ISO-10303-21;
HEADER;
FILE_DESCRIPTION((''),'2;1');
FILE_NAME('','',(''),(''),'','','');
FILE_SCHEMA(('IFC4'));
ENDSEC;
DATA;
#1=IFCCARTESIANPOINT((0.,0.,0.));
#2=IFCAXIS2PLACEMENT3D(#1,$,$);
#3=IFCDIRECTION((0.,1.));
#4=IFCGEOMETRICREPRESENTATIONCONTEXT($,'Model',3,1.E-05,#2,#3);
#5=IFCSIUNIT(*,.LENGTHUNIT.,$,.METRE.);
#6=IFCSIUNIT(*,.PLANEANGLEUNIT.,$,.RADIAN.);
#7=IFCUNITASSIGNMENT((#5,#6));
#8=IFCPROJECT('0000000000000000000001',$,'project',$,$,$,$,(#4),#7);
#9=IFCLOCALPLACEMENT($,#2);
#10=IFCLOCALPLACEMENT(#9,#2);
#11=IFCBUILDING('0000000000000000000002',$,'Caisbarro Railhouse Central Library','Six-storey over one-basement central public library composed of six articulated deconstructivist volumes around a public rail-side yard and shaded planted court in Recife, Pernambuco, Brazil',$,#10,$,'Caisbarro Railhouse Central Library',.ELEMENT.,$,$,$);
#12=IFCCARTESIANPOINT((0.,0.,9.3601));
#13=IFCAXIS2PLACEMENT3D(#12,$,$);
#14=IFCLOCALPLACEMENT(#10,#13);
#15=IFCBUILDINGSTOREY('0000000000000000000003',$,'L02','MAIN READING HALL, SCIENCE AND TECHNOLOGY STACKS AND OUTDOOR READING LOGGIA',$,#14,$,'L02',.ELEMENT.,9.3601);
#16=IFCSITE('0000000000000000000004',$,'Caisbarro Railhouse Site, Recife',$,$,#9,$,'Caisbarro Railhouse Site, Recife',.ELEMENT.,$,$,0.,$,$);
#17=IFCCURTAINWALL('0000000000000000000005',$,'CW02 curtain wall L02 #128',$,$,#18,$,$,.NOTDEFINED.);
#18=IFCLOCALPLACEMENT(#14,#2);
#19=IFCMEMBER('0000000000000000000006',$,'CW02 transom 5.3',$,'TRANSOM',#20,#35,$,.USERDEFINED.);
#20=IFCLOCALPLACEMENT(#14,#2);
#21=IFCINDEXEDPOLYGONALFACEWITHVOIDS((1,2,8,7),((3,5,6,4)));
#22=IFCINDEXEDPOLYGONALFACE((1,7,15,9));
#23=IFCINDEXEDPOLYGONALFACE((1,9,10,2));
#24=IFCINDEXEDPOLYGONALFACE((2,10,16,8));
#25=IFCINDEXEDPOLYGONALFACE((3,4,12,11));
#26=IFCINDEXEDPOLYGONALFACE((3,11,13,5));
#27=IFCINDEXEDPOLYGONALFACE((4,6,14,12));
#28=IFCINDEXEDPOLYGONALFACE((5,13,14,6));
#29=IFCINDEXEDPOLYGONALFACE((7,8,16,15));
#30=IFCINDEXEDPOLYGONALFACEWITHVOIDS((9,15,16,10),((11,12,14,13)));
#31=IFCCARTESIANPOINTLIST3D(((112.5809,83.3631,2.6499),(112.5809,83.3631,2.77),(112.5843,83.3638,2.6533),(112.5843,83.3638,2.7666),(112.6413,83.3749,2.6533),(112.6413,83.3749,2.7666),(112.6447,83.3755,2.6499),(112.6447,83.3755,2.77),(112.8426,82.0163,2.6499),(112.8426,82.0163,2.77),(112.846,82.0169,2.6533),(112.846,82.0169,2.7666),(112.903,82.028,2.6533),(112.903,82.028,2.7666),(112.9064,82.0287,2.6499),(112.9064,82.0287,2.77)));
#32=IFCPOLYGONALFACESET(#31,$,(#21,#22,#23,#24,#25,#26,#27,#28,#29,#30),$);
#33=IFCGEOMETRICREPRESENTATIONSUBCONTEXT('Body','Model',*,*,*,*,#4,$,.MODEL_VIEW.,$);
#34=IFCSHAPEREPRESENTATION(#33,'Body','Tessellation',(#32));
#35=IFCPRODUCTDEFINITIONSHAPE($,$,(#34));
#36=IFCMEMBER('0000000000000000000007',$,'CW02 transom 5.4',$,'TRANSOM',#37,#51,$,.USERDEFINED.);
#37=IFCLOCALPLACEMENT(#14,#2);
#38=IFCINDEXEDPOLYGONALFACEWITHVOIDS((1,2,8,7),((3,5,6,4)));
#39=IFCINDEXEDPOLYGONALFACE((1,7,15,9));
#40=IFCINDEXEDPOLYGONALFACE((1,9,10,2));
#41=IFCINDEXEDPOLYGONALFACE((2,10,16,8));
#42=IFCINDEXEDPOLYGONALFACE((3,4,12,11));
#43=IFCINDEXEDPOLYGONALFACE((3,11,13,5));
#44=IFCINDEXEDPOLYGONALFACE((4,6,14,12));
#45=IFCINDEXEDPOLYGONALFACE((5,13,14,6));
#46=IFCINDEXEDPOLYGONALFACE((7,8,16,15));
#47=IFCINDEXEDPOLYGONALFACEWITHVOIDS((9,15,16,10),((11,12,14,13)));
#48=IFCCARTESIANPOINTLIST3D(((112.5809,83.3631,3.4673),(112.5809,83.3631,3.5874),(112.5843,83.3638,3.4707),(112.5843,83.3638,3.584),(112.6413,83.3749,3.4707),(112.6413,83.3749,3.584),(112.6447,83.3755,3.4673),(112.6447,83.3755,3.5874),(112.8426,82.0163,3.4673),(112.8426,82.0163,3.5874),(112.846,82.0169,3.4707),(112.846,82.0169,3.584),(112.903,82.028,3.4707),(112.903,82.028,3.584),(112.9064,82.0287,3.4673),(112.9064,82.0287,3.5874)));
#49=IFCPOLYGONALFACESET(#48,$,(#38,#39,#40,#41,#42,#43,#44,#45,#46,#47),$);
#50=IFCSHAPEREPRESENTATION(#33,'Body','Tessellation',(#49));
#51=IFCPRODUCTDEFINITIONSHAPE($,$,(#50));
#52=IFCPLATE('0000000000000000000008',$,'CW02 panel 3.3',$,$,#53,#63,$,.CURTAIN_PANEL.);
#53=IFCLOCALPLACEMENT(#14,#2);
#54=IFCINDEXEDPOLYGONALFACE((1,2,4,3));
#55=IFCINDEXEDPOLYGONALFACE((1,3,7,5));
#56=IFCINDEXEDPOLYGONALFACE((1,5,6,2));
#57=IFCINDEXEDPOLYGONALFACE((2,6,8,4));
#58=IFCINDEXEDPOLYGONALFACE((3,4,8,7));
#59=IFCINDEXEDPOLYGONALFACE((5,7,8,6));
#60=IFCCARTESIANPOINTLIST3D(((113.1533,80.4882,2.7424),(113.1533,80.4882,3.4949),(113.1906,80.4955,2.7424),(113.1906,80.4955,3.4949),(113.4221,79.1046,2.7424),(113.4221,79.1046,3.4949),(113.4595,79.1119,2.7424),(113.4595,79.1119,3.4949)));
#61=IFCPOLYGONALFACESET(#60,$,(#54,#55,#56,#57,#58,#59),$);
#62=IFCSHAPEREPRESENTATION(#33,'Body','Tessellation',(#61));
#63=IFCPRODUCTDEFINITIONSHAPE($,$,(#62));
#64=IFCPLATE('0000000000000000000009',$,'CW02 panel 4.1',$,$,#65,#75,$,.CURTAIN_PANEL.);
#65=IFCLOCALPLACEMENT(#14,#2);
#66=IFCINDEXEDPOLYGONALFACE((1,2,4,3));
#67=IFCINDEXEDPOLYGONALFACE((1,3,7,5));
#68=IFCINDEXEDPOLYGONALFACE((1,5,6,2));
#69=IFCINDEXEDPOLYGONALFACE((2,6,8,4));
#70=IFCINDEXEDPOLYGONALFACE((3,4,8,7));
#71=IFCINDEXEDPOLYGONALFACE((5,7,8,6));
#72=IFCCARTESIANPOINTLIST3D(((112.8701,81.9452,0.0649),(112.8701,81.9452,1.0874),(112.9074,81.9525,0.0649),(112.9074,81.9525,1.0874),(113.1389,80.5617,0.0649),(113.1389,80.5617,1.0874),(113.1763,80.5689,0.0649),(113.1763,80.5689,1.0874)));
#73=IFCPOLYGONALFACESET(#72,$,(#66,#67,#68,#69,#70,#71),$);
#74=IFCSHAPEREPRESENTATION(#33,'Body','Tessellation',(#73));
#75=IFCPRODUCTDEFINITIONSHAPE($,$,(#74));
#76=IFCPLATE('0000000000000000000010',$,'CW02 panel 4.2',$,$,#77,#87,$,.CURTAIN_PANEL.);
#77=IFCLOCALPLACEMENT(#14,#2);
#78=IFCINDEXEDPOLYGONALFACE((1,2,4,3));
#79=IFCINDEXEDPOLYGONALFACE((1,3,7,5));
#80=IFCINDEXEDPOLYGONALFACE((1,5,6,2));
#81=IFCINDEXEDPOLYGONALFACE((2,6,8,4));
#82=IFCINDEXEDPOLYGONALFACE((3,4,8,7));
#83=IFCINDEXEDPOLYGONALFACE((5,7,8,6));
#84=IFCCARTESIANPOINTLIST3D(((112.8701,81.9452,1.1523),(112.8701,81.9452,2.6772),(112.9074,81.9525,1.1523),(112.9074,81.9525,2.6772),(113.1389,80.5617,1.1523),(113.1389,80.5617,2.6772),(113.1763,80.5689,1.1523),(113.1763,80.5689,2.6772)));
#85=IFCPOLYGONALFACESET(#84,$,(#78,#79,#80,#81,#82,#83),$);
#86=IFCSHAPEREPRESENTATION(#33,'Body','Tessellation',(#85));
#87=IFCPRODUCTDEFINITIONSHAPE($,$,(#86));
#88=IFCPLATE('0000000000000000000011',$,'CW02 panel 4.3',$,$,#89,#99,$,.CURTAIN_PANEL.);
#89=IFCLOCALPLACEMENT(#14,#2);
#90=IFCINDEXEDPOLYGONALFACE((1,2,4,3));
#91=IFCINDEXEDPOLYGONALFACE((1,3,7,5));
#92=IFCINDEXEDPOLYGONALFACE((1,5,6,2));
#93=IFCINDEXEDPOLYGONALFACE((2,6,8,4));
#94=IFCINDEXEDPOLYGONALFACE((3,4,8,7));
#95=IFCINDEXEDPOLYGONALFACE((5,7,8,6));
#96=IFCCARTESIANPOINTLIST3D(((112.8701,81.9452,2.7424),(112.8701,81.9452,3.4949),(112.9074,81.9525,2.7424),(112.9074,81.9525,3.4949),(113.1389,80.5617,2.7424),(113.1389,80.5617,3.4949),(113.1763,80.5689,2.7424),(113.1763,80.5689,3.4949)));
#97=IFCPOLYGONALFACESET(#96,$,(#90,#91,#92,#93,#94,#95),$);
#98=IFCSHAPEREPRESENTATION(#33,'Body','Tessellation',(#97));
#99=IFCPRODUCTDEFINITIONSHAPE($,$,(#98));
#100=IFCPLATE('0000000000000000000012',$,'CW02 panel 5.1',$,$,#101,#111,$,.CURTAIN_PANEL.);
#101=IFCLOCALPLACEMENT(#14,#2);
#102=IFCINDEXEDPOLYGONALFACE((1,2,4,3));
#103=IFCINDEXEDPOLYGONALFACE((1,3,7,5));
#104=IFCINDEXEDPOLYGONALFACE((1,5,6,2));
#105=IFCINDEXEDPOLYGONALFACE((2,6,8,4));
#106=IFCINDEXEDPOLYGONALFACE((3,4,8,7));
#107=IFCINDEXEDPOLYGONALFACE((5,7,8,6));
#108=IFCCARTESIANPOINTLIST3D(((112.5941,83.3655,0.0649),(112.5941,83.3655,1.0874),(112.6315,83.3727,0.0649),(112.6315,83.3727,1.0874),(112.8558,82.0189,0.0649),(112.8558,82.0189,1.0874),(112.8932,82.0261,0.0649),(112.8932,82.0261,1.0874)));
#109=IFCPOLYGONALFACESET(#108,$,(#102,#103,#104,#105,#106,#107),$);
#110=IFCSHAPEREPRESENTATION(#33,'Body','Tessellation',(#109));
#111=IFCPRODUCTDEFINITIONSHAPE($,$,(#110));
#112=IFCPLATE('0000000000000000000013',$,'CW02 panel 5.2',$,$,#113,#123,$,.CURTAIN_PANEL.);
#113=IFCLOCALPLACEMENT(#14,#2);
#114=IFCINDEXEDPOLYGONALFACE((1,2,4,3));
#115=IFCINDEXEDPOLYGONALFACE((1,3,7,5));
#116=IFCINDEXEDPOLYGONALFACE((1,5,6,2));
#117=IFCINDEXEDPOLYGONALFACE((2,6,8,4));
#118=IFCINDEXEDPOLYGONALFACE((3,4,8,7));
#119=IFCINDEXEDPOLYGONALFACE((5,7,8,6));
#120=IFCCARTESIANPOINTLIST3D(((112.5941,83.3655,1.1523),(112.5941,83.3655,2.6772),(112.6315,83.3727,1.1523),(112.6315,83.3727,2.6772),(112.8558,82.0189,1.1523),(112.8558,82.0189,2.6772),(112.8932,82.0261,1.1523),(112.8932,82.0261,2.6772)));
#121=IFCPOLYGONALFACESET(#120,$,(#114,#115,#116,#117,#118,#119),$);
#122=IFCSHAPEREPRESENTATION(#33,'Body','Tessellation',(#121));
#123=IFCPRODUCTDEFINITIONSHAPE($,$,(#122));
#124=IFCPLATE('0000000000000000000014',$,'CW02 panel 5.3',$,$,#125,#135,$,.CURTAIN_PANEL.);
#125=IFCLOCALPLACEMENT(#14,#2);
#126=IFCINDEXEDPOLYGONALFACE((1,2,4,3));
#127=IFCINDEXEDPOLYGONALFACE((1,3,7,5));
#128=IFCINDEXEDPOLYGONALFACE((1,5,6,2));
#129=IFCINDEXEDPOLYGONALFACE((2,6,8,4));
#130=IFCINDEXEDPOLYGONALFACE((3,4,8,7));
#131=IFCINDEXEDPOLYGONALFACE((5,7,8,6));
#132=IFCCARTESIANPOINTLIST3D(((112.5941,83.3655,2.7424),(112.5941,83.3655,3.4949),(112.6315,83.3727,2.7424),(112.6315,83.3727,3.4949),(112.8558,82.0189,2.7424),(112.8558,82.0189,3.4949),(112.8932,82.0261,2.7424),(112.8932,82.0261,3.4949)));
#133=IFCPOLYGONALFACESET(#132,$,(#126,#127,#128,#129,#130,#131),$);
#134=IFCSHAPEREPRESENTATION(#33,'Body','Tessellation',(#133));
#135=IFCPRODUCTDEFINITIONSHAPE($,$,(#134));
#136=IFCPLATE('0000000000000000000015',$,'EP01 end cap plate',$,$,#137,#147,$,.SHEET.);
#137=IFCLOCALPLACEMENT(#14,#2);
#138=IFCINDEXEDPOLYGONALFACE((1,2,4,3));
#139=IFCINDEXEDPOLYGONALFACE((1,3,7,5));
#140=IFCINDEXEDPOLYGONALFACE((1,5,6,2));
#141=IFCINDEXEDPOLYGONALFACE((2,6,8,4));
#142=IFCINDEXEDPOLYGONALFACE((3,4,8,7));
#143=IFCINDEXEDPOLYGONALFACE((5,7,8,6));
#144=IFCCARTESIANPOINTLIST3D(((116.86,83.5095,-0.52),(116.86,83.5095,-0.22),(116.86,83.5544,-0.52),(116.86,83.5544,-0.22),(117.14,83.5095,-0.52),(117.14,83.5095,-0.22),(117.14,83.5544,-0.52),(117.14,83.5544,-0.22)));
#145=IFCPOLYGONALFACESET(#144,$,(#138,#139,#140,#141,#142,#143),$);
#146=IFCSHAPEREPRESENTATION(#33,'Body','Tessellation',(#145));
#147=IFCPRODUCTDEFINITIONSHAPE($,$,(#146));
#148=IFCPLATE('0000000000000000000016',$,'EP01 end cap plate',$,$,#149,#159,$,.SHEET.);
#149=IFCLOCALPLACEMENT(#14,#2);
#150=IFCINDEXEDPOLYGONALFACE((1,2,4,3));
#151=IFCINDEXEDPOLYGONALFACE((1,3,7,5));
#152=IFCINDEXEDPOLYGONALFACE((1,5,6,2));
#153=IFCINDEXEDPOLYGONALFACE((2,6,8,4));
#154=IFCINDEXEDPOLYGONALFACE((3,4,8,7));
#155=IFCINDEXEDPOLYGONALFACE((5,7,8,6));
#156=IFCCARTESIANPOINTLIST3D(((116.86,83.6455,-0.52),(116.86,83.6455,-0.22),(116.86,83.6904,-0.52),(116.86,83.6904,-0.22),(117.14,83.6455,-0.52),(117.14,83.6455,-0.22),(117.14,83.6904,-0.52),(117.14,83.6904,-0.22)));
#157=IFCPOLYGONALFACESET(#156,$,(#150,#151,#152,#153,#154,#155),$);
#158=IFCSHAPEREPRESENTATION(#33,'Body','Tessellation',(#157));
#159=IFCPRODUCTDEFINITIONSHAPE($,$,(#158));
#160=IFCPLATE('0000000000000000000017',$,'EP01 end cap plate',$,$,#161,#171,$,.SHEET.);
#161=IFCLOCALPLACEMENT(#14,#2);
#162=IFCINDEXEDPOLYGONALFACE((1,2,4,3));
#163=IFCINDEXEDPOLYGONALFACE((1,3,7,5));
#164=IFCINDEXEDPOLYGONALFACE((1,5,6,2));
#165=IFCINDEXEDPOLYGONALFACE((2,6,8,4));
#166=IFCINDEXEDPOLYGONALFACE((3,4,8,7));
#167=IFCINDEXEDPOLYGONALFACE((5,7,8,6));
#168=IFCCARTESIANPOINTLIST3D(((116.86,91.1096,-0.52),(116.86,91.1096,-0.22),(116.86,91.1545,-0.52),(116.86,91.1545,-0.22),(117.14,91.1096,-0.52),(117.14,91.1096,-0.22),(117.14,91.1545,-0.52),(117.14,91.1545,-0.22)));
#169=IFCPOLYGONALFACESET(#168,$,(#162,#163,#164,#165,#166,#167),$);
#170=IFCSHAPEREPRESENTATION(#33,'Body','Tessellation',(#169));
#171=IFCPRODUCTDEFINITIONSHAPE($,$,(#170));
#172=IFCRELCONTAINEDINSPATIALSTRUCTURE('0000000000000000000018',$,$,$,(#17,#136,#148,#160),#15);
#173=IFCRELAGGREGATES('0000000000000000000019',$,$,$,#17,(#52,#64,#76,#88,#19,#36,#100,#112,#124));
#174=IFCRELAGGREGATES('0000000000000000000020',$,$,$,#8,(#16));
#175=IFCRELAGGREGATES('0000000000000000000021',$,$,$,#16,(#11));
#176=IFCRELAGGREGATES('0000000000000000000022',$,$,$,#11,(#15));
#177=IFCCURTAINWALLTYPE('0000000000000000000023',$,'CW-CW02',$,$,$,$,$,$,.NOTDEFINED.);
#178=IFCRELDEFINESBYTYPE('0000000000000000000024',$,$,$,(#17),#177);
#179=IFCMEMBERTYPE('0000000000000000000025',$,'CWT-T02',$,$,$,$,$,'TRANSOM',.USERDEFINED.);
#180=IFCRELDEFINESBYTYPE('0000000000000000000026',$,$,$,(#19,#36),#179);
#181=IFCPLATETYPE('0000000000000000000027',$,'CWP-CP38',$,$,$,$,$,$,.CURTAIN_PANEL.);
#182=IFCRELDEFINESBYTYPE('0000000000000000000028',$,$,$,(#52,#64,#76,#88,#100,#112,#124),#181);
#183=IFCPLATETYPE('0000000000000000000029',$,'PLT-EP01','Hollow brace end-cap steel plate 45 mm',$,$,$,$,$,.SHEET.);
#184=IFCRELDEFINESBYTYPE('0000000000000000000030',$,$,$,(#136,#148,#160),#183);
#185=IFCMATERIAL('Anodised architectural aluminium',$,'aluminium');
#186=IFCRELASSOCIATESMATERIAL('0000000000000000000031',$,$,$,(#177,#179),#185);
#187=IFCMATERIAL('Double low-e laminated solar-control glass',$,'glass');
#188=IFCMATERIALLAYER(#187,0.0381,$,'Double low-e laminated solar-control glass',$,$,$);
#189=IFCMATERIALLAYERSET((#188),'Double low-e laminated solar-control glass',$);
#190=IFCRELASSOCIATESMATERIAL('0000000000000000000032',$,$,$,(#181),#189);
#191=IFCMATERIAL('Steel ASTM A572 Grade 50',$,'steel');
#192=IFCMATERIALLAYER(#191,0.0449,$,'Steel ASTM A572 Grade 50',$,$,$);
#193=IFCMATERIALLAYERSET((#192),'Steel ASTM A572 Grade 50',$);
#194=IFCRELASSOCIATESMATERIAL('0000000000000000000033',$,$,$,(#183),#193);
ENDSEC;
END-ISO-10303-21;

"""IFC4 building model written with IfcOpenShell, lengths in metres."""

from ifc_helpers import new_model, si_unit, direction, frame, origin, origin_2d, place, context, subcontext, project, spatial, rectangle, hollow_rectangle, extrude, material, layer, layer_set, material_profile, profile_set, type_object, element, aggregate, save


model = new_model("IFC4")

# Units and contexts
model_context = context("Model", 3, precision=1e-05, world=origin(), true_north=direction((0.0, 1.0)))
body_context = subcontext(model_context, "Body", "Model", "MODEL_VIEW")
ifc_project = project(units=[si_unit("LENGTHUNIT", "METRE"), si_unit("PLANEANGLEUNIT", "RADIAN")], contexts=[model_context])

# Site, building, storey
site_placement = place(None, origin())
site = spatial("IfcSite", under=ifc_project, at=site_placement, Name="Caisbarro Railhouse Site, Recife", LongName="Caisbarro Railhouse Site, Recife", CompositionType="ELEMENT", RefElevation=0.0)
building_placement = place(site_placement, origin())
building = spatial("IfcBuilding", under=site, at=building_placement, Name="Caisbarro Railhouse Central Library", Description="Six-storey over one-basement central public library composed of six articulated deconstructivist volumes around a public rail-side yard and shaded planted court in Recife, Pernambuco, Brazil", LongName="Caisbarro Railhouse Central Library", CompositionType="ELEMENT")
storey_placement = place(building_placement, frame((0.0, 0.0, 9.3601)))
storey = spatial("IfcBuildingStorey", under=building, at=storey_placement, Name="L02", Description="MAIN READING HALL, SCIENCE AND TECHNOLOGY STACKS AND OUTDOOR READING LOGGIA", LongName="L02", CompositionType="ELEMENT", Elevation=9.3601)

# Shared definitions
ifc_material_1 = material(Name="Steel ASTM A572 Grade 50", Category="steel")

# Curtain wall, members, plates
ifc_material_2 = material(Name="Anodised architectural aluminium", Category="aluminium")
curtain_wall_type = type_object("IfcCurtainWallType", Name="CW-CW02", PredefinedType="NOTDEFINED", material=ifc_material_2)
curtain_wall_placement = place(storey_placement, origin())
curtain_wall = element("IfcCurtainWall", 1, at=curtain_wall_placement, inside=storey, type_object=curtain_wall_type, Name="CW02 curtain wall L02 #128", PredefinedType="NOTDEFINED")
ifc_material_profile_1 = material_profile(ifc_material_2, hollow_rectangle(XDim=0.0649, YDim=0.1201, WallThickness=0.0034, at=origin_2d()), Name="ALU-TRN-65X120")
ifc_profile_set_1 = profile_set([ifc_material_profile_1], Name="Anodised architectural aluminium")
member_type_1 = type_object("IfcMemberType", Name="CWT-T02", ElementType="TRANSOM", PredefinedType="USERDEFINED", material=ifc_profile_set_1)
member_1_placement = place(storey_placement, frame((112.8745, 82.0225, 2.71), z_axis=(-0.190741, 0.98164, 0.0), x_axis=(-0.98164, -0.190741, 0.0)))
member_1 = element("IfcMember", 2, at=member_1_placement, type_object=member_type_1, Name="CW02 transom 5.3", ObjectType="TRANSOM", PredefinedType="USERDEFINED", context=body_context, shape_type="SweptSolid", body=[
    extrude(hollow_rectangle(XDim=0.0649, YDim=0.1201, WallThickness=0.0034, at=origin_2d()), origin(), (0.0, 0.0, 1.0), 1.3721),
])
member_2_placement = place(storey_placement, frame((112.8745, 82.0225, 3.5273), z_axis=(-0.190741, 0.98164, 0.0), x_axis=(-0.98164, -0.190741, 0.0)))
member_2 = element("IfcMember", 3, at=member_2_placement, type_object=member_type_1, Name="CW02 transom 5.4", ObjectType="TRANSOM", PredefinedType="USERDEFINED", context=body_context, shape_type="SweptSolid", body=[
    extrude(hollow_rectangle(XDim=0.0649, YDim=0.1201, WallThickness=0.0034, at=origin_2d()), origin(), (0.0, 0.0, 1.0), 1.3721),
])
ifc_material_3 = material(Name="Double low-e laminated solar-control glass", Category="glass")
ifc_layer_1 = layer(ifc_material_3, 0.0381, Name="Double low-e laminated solar-control glass")
ifc_layer_set_1 = layer_set([ifc_layer_1], Name="Double low-e laminated solar-control glass")
plate_type_1 = type_object("IfcPlateType", Name="CWP-CP38", PredefinedType="CURTAIN_PANEL", material=ifc_layer_set_1)
plate_1_placement = place(storey_placement, frame((113.3064, 79.8, 2.7424), z_axis=(0.0, 0.0, 1.0), x_axis=(-0.190781, 0.981633, 0.0)))
plate_1 = element("IfcPlate", 4, at=plate_1_placement, type_object=plate_type_1, Name="CW02 panel 3.3", PredefinedType="CURTAIN_PANEL", context=body_context, shape_type="SweptSolid", body=[
    extrude(rectangle(XDim=1.4094, YDim=0.0381, at=origin_2d()), origin(), (0.0, 0.0, 1.0), 0.7524),
])
plate_2_placement = place(storey_placement, frame((113.0232, 81.2571, 0.0649), z_axis=(0.0, 0.0, 1.0), x_axis=(-0.190781, 0.981633, 0.0)))
plate_2 = element("IfcPlate", 5, at=plate_2_placement, type_object=plate_type_1, Name="CW02 panel 4.1", PredefinedType="CURTAIN_PANEL", context=body_context, shape_type="SweptSolid", body=[
    extrude(rectangle(XDim=1.4094, YDim=0.0381, at=origin_2d()), origin(), (0.0, 0.0, 1.0), 1.0225),
])
plate_3_placement = place(storey_placement, frame((113.0232, 81.2571, 1.1523), z_axis=(0.0, 0.0, 1.0), x_axis=(-0.190781, 0.981633, 0.0)))
plate_3 = element("IfcPlate", 6, at=plate_3_placement, type_object=plate_type_1, Name="CW02 panel 4.2", PredefinedType="CURTAIN_PANEL", context=body_context, shape_type="SweptSolid", body=[
    extrude(rectangle(XDim=1.4094, YDim=0.0381, at=origin_2d()), origin(), (0.0, 0.0, 1.0), 1.5249),
])
plate_4_placement = place(storey_placement, frame((113.0232, 81.2571, 2.7424), z_axis=(0.0, 0.0, 1.0), x_axis=(-0.190781, 0.981633, 0.0)))
plate_4 = element("IfcPlate", 7, at=plate_4_placement, type_object=plate_type_1, Name="CW02 panel 4.3", PredefinedType="CURTAIN_PANEL", context=body_context, shape_type="SweptSolid", body=[
    extrude(rectangle(XDim=1.4094, YDim=0.0381, at=origin_2d()), origin(), (0.0, 0.0, 1.0), 0.7524),
])
plate_5_placement = place(storey_placement, frame((112.7437, 82.6958, 0.0649), z_axis=(0.0, 0.0, 1.0), x_axis=(-0.190781, 0.981633, 0.0)))
plate_5 = element("IfcPlate", 8, at=plate_5_placement, type_object=plate_type_1, Name="CW02 panel 5.1", PredefinedType="CURTAIN_PANEL", context=body_context, shape_type="SweptSolid", body=[
    extrude(rectangle(XDim=1.3718, YDim=0.0381, at=origin_2d()), origin(), (0.0, 0.0, 1.0), 1.0225),
])
plate_6_placement = place(storey_placement, frame((112.7437, 82.6958, 1.1523), z_axis=(0.0, 0.0, 1.0), x_axis=(-0.190781, 0.981633, 0.0)))
plate_6 = element("IfcPlate", 9, at=plate_6_placement, type_object=plate_type_1, Name="CW02 panel 5.2", PredefinedType="CURTAIN_PANEL", context=body_context, shape_type="SweptSolid", body=[
    extrude(rectangle(XDim=1.3718, YDim=0.0381, at=origin_2d()), origin(), (0.0, 0.0, 1.0), 1.5249),
])
plate_7_placement = place(storey_placement, frame((112.7437, 82.6958, 2.7424), z_axis=(0.0, 0.0, 1.0), x_axis=(-0.190781, 0.981633, 0.0)))
plate_7 = element("IfcPlate", 10, at=plate_7_placement, type_object=plate_type_1, Name="CW02 panel 5.3", PredefinedType="CURTAIN_PANEL", context=body_context, shape_type="SweptSolid", body=[
    extrude(rectangle(XDim=1.3718, YDim=0.0381, at=origin_2d()), origin(), (0.0, 0.0, 1.0), 0.7524),
])
aggregate(curtain_wall, [plate_1, plate_2, plate_3, plate_4, member_1, member_2, plate_5, plate_6, plate_7])

# Plates
ifc_layer_2 = layer(ifc_material_1, 0.0449, Name="Steel ASTM A572 Grade 50")
ifc_layer_set_2 = layer_set([ifc_layer_2], Name="Steel ASTM A572 Grade 50")
plate_type_2 = type_object("IfcPlateType", Name="PLT-EP01", Description="Hollow brace end-cap steel plate 45 mm", PredefinedType="SHEET", material=ifc_layer_set_2)
for number, where, z_axis, x_axis, name in (
    (11, (117.0, 83.532, -0.52), (0.0, 0.0, 1.0), (0.0, 1.0, 0.0), "EP01 end cap plate"),
    (12, (117.0, 83.668, -0.52), (0.0, 0.0, 1.0), (0.0, 1.0, 0.0), "EP01 end cap plate"),
    (13, (117.0, 91.1321, -0.52), (0.0, 0.0, 1.0), (0.0, 1.0, 0.0), "EP01 end cap plate"),
):
    element("IfcPlate", number, at=place(storey_placement, frame(where, z_axis=z_axis, x_axis=x_axis)), inside=storey, type_object=plate_type_2, Name=name, PredefinedType="SHEET", context=body_context, shape_type="SweptSolid", body=[
        extrude(rectangle(XDim=0.0449, YDim=0.28, at=origin_2d()), origin(), (0.0, 0.0, 1.0), 0.3),
    ])

save(model, "model.ifc")
